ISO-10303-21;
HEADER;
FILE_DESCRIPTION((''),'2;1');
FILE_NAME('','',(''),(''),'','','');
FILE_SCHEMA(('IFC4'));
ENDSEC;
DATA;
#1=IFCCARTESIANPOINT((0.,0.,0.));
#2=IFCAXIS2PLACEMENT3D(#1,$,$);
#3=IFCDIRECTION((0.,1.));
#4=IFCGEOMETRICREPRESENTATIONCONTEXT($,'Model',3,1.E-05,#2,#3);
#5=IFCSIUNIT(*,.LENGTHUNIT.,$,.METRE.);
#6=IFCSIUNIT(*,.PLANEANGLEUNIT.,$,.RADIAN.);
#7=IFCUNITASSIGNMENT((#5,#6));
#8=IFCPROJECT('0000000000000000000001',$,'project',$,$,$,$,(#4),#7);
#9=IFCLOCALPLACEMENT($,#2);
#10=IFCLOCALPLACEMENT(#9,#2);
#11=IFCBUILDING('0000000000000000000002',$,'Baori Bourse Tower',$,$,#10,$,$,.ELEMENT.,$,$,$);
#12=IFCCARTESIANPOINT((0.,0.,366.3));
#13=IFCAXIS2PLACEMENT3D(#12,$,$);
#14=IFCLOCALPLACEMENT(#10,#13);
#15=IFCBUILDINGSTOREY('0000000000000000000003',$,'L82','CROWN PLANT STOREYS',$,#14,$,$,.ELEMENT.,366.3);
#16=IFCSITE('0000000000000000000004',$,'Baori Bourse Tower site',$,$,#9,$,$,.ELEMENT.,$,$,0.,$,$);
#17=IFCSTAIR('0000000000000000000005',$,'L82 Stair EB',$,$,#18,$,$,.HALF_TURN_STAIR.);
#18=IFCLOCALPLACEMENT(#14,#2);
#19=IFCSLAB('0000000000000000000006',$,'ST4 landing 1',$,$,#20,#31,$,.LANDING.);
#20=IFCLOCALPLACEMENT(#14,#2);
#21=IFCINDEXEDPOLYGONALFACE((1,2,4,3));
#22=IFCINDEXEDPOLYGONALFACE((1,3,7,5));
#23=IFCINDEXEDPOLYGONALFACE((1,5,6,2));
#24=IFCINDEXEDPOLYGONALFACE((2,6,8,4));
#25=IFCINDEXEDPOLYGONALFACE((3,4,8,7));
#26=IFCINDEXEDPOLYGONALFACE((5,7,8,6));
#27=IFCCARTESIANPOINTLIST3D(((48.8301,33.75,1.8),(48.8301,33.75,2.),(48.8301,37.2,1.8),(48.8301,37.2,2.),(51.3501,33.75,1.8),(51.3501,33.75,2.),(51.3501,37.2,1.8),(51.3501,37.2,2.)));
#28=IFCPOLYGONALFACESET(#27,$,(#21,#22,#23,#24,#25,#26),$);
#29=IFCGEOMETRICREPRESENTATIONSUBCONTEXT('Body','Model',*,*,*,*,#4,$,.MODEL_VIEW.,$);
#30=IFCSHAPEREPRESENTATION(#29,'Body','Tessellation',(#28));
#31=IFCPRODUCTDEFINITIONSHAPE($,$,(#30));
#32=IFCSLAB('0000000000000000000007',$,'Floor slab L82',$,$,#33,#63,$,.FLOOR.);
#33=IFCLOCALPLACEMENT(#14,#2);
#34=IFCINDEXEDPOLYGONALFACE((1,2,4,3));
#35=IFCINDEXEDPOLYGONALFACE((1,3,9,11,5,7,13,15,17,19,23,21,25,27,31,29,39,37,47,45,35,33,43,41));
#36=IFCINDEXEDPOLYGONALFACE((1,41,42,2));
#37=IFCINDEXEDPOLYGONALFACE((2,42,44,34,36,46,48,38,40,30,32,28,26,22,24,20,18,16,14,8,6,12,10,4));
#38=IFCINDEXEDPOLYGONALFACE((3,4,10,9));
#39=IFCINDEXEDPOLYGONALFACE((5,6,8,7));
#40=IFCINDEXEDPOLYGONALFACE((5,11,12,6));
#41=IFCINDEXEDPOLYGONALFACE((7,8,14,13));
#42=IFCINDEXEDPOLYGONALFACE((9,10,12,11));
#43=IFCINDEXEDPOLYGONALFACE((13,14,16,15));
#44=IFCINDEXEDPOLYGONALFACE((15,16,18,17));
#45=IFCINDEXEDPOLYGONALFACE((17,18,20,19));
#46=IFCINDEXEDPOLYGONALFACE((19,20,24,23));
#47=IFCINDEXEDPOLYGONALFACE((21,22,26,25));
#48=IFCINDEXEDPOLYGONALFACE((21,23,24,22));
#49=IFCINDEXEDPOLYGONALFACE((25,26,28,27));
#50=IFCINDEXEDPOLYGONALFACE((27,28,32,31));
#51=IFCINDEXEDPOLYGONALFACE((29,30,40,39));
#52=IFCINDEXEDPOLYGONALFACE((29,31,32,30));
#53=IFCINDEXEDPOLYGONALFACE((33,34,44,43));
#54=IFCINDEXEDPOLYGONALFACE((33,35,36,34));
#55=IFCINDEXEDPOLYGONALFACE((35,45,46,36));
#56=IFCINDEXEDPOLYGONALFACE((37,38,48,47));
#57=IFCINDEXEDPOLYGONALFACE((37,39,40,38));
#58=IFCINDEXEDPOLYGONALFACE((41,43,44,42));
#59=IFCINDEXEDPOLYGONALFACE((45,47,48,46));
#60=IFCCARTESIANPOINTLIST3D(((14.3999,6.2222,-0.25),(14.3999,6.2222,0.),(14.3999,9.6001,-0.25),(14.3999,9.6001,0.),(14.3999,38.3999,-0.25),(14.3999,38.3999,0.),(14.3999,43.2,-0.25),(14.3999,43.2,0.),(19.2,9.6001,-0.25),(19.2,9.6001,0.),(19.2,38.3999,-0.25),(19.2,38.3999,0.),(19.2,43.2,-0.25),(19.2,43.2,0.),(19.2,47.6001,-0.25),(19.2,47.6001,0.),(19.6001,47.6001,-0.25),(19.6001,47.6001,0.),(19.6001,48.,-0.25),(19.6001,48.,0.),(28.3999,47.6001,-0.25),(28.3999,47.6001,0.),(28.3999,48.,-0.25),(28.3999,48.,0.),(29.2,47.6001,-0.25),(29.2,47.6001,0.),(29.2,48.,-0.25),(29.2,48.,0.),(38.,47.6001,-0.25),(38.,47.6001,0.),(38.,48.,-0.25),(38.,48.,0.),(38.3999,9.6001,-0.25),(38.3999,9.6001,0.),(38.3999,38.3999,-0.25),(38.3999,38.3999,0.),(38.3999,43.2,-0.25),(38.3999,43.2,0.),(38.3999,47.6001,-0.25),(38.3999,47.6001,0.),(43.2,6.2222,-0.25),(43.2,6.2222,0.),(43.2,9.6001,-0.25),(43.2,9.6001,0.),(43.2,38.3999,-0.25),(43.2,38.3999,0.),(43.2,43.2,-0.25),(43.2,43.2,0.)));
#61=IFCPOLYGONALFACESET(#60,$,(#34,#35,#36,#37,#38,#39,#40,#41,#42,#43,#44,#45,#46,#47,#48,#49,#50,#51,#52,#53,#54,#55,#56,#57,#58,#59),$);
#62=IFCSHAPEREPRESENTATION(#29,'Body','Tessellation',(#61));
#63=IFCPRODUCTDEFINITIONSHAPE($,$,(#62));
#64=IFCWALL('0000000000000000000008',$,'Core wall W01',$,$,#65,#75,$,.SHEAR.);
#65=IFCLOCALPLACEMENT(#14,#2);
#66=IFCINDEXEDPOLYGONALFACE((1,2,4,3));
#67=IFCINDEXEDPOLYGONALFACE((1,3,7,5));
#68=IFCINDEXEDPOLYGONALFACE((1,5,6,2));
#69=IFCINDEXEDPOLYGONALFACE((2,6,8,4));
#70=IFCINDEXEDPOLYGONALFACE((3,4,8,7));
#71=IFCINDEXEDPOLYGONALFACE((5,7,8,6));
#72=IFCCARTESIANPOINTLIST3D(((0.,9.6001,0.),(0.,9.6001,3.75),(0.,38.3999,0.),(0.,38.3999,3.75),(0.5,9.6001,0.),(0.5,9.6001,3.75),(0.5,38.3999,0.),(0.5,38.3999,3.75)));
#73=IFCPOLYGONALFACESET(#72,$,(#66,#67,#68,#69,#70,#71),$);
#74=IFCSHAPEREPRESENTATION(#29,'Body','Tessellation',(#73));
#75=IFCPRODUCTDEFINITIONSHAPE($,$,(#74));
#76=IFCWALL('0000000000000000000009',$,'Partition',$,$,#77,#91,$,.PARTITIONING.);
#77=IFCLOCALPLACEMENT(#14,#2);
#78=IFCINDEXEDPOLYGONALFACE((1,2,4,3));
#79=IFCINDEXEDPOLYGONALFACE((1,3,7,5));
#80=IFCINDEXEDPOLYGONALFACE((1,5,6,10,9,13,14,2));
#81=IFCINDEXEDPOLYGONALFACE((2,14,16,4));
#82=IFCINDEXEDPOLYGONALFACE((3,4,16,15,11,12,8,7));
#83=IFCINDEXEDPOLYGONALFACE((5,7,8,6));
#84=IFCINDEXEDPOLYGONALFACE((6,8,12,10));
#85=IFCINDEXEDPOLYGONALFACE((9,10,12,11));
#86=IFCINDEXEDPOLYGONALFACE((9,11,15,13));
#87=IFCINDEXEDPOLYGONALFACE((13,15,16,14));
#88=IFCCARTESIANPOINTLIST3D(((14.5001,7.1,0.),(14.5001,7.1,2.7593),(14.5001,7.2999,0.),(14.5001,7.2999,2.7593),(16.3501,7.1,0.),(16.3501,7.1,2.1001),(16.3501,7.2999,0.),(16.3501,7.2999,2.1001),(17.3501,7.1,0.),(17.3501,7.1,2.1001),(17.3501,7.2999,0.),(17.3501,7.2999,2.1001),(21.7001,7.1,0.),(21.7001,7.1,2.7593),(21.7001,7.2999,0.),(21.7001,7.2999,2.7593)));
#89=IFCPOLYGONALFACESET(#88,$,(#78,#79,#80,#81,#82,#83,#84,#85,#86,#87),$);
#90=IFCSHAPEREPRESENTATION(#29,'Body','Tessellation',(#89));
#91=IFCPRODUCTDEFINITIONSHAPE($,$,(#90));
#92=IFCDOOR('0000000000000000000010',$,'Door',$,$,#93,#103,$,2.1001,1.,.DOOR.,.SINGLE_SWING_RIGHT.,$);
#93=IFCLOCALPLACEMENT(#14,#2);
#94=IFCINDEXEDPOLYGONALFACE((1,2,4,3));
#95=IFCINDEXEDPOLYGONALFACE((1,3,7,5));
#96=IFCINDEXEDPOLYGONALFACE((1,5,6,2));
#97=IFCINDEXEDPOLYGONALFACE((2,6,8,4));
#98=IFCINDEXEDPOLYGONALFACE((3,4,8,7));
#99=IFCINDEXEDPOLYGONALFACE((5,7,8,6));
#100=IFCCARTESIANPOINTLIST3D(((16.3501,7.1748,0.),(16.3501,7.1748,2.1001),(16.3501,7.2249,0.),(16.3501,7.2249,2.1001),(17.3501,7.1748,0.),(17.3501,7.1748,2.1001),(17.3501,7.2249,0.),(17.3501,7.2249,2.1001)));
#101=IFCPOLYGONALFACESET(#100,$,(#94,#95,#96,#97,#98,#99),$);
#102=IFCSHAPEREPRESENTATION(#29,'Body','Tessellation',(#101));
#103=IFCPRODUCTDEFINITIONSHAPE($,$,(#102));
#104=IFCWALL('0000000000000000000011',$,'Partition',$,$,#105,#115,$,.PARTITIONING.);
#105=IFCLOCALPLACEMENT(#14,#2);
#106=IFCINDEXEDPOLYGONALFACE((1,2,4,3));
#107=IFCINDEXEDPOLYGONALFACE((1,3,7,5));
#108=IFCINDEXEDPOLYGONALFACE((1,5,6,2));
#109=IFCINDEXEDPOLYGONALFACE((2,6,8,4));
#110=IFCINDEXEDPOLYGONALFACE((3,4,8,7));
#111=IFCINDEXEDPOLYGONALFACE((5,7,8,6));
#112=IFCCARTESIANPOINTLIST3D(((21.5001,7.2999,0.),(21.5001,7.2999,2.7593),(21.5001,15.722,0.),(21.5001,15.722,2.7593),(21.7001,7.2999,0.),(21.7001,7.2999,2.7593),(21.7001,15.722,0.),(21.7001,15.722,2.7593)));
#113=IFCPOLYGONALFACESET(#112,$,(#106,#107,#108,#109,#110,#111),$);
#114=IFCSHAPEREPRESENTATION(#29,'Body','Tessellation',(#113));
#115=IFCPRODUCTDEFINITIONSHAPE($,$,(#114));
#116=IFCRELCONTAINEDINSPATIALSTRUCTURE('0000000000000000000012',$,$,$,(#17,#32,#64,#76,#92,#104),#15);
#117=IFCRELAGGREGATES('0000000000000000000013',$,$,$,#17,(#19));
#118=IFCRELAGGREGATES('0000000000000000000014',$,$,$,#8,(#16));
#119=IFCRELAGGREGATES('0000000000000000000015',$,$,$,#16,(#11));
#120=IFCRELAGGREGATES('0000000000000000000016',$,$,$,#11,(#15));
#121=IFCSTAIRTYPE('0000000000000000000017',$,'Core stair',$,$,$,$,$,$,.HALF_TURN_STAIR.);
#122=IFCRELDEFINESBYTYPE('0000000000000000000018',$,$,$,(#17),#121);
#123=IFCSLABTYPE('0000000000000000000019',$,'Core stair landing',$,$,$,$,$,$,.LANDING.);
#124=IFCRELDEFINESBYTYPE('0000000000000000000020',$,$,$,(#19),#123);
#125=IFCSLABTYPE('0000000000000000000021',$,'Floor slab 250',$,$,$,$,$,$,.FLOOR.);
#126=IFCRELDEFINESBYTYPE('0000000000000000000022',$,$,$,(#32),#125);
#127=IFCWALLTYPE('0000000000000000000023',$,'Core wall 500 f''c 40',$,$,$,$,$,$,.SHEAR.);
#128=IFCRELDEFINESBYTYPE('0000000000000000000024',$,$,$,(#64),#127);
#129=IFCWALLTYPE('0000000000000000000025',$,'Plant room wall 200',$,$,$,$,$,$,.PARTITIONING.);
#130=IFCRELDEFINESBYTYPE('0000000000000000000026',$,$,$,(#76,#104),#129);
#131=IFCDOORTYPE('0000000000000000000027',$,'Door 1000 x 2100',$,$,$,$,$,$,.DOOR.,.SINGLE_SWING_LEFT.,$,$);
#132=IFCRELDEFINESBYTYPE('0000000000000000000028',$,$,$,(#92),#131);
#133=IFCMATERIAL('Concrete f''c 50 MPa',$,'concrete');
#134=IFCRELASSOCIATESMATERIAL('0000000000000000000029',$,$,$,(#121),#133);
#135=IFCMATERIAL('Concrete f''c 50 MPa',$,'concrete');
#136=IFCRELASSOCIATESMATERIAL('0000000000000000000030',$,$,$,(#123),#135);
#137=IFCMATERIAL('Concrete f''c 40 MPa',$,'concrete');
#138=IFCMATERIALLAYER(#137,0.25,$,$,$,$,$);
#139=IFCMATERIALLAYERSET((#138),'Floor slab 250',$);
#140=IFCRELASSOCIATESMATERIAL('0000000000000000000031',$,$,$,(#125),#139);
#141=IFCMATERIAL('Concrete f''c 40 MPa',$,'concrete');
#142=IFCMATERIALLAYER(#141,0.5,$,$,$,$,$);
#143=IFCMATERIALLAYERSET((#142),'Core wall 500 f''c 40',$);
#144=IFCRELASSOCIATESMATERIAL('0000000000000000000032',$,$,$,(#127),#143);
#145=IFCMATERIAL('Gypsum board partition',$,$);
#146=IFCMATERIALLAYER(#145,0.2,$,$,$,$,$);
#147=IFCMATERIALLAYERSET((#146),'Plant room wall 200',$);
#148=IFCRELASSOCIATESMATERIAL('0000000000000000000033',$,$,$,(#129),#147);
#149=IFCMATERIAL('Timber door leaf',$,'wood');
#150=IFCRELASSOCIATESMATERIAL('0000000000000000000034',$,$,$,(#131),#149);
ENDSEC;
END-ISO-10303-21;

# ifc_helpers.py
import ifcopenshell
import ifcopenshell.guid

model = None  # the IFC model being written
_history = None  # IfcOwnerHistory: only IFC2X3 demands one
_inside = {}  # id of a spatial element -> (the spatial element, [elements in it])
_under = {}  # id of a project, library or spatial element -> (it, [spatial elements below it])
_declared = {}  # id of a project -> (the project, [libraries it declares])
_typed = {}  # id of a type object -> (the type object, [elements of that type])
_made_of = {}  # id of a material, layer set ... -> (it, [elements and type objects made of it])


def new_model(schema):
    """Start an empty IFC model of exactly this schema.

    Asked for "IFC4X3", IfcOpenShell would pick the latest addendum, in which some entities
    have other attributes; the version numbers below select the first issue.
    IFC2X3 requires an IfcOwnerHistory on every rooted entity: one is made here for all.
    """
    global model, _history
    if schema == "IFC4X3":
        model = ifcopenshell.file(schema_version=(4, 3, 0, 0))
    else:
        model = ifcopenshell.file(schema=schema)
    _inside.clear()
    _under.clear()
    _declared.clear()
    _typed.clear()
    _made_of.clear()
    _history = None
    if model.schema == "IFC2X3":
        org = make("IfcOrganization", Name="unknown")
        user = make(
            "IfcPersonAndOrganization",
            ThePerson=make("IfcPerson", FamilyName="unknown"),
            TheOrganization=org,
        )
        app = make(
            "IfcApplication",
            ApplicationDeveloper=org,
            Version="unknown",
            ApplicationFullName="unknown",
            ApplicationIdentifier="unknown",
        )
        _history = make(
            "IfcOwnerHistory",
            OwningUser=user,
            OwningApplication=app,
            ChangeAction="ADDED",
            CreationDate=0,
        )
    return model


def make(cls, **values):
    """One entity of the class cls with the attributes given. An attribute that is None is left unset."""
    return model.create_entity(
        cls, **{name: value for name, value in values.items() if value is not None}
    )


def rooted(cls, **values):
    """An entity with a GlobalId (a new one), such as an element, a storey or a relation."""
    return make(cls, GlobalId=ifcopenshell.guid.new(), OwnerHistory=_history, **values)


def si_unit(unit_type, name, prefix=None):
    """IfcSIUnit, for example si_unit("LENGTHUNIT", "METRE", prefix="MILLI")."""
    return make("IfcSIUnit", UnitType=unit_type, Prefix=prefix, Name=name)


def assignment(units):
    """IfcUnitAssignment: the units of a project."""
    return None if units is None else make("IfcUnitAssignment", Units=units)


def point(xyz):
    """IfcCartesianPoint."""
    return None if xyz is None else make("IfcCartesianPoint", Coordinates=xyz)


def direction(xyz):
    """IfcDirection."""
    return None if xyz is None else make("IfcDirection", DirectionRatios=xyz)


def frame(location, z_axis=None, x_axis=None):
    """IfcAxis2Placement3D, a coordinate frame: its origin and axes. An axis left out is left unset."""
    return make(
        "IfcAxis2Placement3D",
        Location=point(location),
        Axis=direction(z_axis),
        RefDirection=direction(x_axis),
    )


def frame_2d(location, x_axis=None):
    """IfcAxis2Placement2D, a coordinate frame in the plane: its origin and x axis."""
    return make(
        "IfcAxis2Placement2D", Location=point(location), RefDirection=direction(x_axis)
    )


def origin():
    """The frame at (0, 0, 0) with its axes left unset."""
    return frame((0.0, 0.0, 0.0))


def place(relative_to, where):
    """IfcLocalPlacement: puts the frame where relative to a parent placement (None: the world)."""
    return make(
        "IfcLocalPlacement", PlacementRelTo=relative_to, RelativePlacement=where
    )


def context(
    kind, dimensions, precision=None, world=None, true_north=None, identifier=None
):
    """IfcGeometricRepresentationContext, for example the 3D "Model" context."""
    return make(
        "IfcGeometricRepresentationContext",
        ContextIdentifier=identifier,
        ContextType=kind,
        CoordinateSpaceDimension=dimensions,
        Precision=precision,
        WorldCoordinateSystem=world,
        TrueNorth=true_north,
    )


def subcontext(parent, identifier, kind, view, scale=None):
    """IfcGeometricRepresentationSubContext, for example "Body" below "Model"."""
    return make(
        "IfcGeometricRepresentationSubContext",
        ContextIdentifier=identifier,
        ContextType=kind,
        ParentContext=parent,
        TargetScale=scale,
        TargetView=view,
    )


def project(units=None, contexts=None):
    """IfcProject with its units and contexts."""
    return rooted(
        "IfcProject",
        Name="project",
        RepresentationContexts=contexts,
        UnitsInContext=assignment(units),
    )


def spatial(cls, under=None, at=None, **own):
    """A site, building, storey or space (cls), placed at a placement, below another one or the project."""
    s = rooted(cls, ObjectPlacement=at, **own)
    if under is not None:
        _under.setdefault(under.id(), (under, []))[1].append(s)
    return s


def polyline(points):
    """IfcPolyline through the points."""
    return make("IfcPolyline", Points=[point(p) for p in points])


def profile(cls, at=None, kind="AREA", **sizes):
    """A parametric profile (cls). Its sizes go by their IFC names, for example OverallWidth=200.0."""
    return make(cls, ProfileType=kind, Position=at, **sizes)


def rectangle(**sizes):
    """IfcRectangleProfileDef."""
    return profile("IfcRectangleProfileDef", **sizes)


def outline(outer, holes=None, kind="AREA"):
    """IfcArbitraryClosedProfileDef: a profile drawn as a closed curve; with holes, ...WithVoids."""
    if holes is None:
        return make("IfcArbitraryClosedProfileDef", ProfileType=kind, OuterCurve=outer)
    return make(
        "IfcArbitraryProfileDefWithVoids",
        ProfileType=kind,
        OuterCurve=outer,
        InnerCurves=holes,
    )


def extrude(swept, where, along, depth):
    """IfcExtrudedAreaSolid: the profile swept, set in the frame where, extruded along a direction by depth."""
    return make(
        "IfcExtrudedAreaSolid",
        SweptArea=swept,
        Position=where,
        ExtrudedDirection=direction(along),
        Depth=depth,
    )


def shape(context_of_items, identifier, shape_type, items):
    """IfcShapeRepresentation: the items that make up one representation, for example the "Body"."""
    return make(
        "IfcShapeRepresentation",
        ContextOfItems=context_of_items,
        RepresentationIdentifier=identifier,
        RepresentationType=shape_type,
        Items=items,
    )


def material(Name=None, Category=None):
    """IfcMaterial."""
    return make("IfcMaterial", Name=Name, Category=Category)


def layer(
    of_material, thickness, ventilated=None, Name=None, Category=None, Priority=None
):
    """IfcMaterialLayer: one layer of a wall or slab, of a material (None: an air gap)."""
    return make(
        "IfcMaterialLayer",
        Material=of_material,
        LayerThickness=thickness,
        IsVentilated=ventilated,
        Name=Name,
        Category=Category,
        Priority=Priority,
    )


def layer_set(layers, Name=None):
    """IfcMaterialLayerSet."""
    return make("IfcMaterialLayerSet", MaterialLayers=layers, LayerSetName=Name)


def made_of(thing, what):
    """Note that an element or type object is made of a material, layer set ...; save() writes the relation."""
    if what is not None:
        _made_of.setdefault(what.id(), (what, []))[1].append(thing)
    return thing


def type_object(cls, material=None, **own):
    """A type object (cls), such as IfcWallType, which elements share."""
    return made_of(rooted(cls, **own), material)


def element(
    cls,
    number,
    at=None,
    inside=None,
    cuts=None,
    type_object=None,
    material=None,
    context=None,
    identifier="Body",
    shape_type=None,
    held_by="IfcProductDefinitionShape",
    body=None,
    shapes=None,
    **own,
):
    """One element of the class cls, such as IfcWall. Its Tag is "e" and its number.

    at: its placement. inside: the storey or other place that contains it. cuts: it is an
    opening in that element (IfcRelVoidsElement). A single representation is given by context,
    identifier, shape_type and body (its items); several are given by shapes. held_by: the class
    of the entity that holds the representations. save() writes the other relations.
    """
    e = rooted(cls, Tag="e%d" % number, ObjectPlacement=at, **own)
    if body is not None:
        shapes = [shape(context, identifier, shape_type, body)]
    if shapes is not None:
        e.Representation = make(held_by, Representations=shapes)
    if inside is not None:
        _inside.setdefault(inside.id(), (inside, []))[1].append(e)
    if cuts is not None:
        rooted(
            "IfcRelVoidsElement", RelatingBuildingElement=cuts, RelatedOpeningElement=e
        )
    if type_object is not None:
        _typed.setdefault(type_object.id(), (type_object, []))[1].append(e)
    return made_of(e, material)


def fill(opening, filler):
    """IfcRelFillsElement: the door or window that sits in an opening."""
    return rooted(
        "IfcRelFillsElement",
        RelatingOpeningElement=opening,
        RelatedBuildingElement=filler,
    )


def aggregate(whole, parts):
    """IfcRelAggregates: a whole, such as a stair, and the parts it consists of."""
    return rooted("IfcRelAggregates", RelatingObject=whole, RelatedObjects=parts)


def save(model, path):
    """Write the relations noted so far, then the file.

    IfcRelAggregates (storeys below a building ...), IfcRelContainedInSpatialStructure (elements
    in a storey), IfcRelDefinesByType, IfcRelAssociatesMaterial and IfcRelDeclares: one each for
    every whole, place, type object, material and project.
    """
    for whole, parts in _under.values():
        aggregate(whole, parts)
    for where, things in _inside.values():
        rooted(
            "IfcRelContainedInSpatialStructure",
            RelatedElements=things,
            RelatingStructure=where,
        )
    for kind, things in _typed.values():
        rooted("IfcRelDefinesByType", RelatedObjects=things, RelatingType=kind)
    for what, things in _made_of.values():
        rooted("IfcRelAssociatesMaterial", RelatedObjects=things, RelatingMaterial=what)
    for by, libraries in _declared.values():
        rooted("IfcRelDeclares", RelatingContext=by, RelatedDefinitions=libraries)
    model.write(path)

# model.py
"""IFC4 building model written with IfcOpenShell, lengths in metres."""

from ifc_helpers import new_model, si_unit, direction, frame, frame_2d, origin, place, context, subcontext, project, spatial, polyline, rectangle, outline, extrude, material, layer, layer_set, type_object, element, fill, aggregate, save


model = new_model("IFC4")

# Units and contexts
model_context = context("Model", 3, precision=1e-05, world=origin(), true_north=direction((0.0, 1.0)))
body_context = subcontext(model_context, "Body", "Model", "MODEL_VIEW")
ifc_project = project(units=[si_unit("LENGTHUNIT", "METRE"), si_unit("PLANEANGLEUNIT", "RADIAN")], contexts=[model_context])

# Site, building, storey
site_placement = place(None, origin())
site = spatial("IfcSite", under=ifc_project, at=site_placement, Name="Baori Bourse Tower site", CompositionType="ELEMENT", RefElevation=0.0)
building_placement = place(site_placement, origin())
building = spatial("IfcBuilding", under=site, at=building_placement, Name="Baori Bourse Tower", CompositionType="ELEMENT")
storey_placement = place(building_placement, frame((0.0, 0.0, 366.3)))
storey = spatial("IfcBuildingStorey", under=building, at=storey_placement, Name="L82", Description="CROWN PLANT STOREYS", CompositionType="ELEMENT", Elevation=366.3)

# Stair, slab
ifc_material_1 = material(Name="Concrete f'c 50 MPa", Category="concrete")
stair_type = type_object("IfcStairType", Name="Core stair", PredefinedType="HALF_TURN_STAIR", material=ifc_material_1)
ifc_material_2 = material(Name="Concrete f'c 50 MPa", Category="concrete")
slab_type_1 = type_object("IfcSlabType", Name="Core stair landing", PredefinedType="LANDING", material=ifc_material_2)
stair_1_placement = place(storey_placement, origin())
stair_1 = element("IfcStair", 1, at=stair_1_placement, inside=storey, type_object=stair_type, Name="L82 Stair EB", PredefinedType="HALF_TURN_STAIR")
slab_1_placement = place(storey_placement, frame((0.0, 0.0, 1.8)))
slab_1 = element("IfcSlab", 2, at=slab_1_placement, type_object=slab_type_1, Name="ST4 landing 1", PredefinedType="LANDING", context=body_context, shape_type="SweptSolid", body=[
    extrude(outline(polyline([(48.8301, 33.75), (51.3501, 33.75), (51.3501, 37.2), (48.8301, 37.2), (48.8301, 33.75)])), origin(), (0.0, 0.0, 1.0), 0.2),
])
aggregate(stair_1, [slab_1])

# Slab
ifc_material_3 = material(Name="Concrete f'c 40 MPa", Category="concrete")
ifc_layer_1 = layer(ifc_material_3, 0.25)
ifc_layer_set_1 = layer_set([ifc_layer_1], Name="Floor slab 250")
slab_type_2 = type_object("IfcSlabType", Name="Floor slab 250", PredefinedType="FLOOR", material=ifc_layer_set_1)
slab_2_placement = place(storey_placement, frame((0.0, 0.0, -0.25)))
element("IfcSlab", 3, at=slab_2_placement, inside=storey, type_object=slab_type_2, Name="Floor slab L82", PredefinedType="FLOOR", context=body_context, shape_type="SweptSolid", body=[
    extrude(outline(polyline([(38.3999, 43.2), (43.2, 43.2), (43.2, 38.3999), (38.3999, 38.3999), (38.3999, 9.6001), (43.2, 9.6001), (43.2, 6.2222), (14.3999, 6.2222), (14.3999, 9.6001), (19.2, 9.6001), (19.2, 38.3999), (14.3999, 38.3999), (14.3999, 43.2), (19.2, 43.2), (19.2, 47.6001), (19.6001, 47.6001), (19.6001, 48.0), (28.3999, 48.0), (28.3999, 47.6001), (29.2, 47.6001), (29.2, 48.0), (38.0, 48.0), (38.0, 47.6001), (38.3999, 47.6001), (38.3999, 43.2)])), origin(), (0.0, 0.0, 1.0), 0.25),
])

# Wall
ifc_material_4 = material(Name="Concrete f'c 40 MPa", Category="concrete")
ifc_layer_2 = layer(ifc_material_4, 0.5)
ifc_layer_set_2 = layer_set([ifc_layer_2], Name="Core wall 500 f'c 40")
wall_type_1 = type_object("IfcWallType", Name="Core wall 500 f'c 40", PredefinedType="SHEAR", material=ifc_layer_set_2)
wall_1_placement = place(storey_placement, frame((0.25, 9.6001, 0.0), z_axis=(0.0, 0.0, 1.0), x_axis=(0.0, 1.0, 0.0)))
element("IfcWall", 4, at=wall_1_placement, inside=storey, type_object=wall_type_1, Name="Core wall W01", PredefinedType="SHEAR", context=body_context, shape_type="SweptSolid", body=[
    extrude(rectangle(XDim=28.7998, YDim=0.5, at=frame_2d((14.3999, 0.0))), origin(), (0.0, 0.0, 1.0), 3.75),
])

# Wall, opening, door
ifc_material_5 = material(Name="Gypsum board partition")
ifc_layer_3 = layer(ifc_material_5, 0.2)
ifc_layer_set_3 = layer_set([ifc_layer_3], Name="Plant room wall 200")
wall_type_2 = type_object("IfcWallType", Name="Plant room wall 200", PredefinedType="PARTITIONING", material=ifc_layer_set_3)
wall_2_placement = place(storey_placement, frame((14.5, 7.2, 0.0), z_axis=(0.0, 0.0, 1.0), x_axis=(1.0, 0.0, 0.0)))
wall_2 = element("IfcWall", 5, at=wall_2_placement, inside=storey, type_object=wall_type_2, Name="Partition", PredefinedType="PARTITIONING", context=body_context, shape_type="SweptSolid", body=[
    extrude(rectangle(XDim=7.2, YDim=0.2, at=frame_2d((3.6001, 0.0))), origin(), (0.0, 0.0, 1.0), 2.7593),
])
opening_placement = place(wall_2_placement, frame((1.8501, 0.0, 0.0)))
opening = element("IfcOpeningElement", 6, at=opening_placement, cuts=wall_2, PredefinedType="OPENING", context=body_context, shape_type="SweptSolid", body=[
    extrude(rectangle(XDim=1.0, YDim=2.1001, at=frame_2d((0.5, 1.05))), frame((0.0, 0.1099, 0.0), z_axis=(0.0, -1.0, 0.0), x_axis=(1.0, 0.0, 0.0)), (0.0, 0.0, 1.0), 0.22),
])
ifc_material_6 = material(Name="Timber door leaf", Category="wood")
door_type = type_object("IfcDoorType", Name="Door 1000 x 2100", OperationType="SINGLE_SWING_LEFT", PredefinedType="DOOR", material=ifc_material_6)
door_placement = place(opening_placement, origin())
door = element("IfcDoor", 7, at=door_placement, inside=storey, type_object=door_type, Name="Door", OperationType="SINGLE_SWING_RIGHT", OverallHeight=2.1001, OverallWidth=1.0, PredefinedType="DOOR", context=body_context, shape_type="SweptSolid", body=[
    extrude(rectangle(XDim=1.0, YDim=2.1001, at=frame_2d((0.5, 1.05))), frame((0.0, 0.0249, 0.0), z_axis=(0.0, -1.0, 0.0), x_axis=(1.0, 0.0, 0.0)), (0.0, 0.0, 1.0), 0.05),
])
fill(opening, door)

# Wall
wall_3_placement = place(storey_placement, frame((21.6001, 7.3, 0.0), z_axis=(0.0, 0.0, 1.0), x_axis=(0.0, 1.0, 0.0)))
element("IfcWall", 8, at=wall_3_placement, inside=storey, type_object=wall_type_2, Name="Partition", PredefinedType="PARTITIONING", context=body_context, shape_type="SweptSolid", body=[
    extrude(rectangle(XDim=8.4221, YDim=0.2, at=frame_2d((4.2109, 0.0))), origin(), (0.0, 0.0, 1.0), 2.7593),
])

save(model, "model.ifc")
